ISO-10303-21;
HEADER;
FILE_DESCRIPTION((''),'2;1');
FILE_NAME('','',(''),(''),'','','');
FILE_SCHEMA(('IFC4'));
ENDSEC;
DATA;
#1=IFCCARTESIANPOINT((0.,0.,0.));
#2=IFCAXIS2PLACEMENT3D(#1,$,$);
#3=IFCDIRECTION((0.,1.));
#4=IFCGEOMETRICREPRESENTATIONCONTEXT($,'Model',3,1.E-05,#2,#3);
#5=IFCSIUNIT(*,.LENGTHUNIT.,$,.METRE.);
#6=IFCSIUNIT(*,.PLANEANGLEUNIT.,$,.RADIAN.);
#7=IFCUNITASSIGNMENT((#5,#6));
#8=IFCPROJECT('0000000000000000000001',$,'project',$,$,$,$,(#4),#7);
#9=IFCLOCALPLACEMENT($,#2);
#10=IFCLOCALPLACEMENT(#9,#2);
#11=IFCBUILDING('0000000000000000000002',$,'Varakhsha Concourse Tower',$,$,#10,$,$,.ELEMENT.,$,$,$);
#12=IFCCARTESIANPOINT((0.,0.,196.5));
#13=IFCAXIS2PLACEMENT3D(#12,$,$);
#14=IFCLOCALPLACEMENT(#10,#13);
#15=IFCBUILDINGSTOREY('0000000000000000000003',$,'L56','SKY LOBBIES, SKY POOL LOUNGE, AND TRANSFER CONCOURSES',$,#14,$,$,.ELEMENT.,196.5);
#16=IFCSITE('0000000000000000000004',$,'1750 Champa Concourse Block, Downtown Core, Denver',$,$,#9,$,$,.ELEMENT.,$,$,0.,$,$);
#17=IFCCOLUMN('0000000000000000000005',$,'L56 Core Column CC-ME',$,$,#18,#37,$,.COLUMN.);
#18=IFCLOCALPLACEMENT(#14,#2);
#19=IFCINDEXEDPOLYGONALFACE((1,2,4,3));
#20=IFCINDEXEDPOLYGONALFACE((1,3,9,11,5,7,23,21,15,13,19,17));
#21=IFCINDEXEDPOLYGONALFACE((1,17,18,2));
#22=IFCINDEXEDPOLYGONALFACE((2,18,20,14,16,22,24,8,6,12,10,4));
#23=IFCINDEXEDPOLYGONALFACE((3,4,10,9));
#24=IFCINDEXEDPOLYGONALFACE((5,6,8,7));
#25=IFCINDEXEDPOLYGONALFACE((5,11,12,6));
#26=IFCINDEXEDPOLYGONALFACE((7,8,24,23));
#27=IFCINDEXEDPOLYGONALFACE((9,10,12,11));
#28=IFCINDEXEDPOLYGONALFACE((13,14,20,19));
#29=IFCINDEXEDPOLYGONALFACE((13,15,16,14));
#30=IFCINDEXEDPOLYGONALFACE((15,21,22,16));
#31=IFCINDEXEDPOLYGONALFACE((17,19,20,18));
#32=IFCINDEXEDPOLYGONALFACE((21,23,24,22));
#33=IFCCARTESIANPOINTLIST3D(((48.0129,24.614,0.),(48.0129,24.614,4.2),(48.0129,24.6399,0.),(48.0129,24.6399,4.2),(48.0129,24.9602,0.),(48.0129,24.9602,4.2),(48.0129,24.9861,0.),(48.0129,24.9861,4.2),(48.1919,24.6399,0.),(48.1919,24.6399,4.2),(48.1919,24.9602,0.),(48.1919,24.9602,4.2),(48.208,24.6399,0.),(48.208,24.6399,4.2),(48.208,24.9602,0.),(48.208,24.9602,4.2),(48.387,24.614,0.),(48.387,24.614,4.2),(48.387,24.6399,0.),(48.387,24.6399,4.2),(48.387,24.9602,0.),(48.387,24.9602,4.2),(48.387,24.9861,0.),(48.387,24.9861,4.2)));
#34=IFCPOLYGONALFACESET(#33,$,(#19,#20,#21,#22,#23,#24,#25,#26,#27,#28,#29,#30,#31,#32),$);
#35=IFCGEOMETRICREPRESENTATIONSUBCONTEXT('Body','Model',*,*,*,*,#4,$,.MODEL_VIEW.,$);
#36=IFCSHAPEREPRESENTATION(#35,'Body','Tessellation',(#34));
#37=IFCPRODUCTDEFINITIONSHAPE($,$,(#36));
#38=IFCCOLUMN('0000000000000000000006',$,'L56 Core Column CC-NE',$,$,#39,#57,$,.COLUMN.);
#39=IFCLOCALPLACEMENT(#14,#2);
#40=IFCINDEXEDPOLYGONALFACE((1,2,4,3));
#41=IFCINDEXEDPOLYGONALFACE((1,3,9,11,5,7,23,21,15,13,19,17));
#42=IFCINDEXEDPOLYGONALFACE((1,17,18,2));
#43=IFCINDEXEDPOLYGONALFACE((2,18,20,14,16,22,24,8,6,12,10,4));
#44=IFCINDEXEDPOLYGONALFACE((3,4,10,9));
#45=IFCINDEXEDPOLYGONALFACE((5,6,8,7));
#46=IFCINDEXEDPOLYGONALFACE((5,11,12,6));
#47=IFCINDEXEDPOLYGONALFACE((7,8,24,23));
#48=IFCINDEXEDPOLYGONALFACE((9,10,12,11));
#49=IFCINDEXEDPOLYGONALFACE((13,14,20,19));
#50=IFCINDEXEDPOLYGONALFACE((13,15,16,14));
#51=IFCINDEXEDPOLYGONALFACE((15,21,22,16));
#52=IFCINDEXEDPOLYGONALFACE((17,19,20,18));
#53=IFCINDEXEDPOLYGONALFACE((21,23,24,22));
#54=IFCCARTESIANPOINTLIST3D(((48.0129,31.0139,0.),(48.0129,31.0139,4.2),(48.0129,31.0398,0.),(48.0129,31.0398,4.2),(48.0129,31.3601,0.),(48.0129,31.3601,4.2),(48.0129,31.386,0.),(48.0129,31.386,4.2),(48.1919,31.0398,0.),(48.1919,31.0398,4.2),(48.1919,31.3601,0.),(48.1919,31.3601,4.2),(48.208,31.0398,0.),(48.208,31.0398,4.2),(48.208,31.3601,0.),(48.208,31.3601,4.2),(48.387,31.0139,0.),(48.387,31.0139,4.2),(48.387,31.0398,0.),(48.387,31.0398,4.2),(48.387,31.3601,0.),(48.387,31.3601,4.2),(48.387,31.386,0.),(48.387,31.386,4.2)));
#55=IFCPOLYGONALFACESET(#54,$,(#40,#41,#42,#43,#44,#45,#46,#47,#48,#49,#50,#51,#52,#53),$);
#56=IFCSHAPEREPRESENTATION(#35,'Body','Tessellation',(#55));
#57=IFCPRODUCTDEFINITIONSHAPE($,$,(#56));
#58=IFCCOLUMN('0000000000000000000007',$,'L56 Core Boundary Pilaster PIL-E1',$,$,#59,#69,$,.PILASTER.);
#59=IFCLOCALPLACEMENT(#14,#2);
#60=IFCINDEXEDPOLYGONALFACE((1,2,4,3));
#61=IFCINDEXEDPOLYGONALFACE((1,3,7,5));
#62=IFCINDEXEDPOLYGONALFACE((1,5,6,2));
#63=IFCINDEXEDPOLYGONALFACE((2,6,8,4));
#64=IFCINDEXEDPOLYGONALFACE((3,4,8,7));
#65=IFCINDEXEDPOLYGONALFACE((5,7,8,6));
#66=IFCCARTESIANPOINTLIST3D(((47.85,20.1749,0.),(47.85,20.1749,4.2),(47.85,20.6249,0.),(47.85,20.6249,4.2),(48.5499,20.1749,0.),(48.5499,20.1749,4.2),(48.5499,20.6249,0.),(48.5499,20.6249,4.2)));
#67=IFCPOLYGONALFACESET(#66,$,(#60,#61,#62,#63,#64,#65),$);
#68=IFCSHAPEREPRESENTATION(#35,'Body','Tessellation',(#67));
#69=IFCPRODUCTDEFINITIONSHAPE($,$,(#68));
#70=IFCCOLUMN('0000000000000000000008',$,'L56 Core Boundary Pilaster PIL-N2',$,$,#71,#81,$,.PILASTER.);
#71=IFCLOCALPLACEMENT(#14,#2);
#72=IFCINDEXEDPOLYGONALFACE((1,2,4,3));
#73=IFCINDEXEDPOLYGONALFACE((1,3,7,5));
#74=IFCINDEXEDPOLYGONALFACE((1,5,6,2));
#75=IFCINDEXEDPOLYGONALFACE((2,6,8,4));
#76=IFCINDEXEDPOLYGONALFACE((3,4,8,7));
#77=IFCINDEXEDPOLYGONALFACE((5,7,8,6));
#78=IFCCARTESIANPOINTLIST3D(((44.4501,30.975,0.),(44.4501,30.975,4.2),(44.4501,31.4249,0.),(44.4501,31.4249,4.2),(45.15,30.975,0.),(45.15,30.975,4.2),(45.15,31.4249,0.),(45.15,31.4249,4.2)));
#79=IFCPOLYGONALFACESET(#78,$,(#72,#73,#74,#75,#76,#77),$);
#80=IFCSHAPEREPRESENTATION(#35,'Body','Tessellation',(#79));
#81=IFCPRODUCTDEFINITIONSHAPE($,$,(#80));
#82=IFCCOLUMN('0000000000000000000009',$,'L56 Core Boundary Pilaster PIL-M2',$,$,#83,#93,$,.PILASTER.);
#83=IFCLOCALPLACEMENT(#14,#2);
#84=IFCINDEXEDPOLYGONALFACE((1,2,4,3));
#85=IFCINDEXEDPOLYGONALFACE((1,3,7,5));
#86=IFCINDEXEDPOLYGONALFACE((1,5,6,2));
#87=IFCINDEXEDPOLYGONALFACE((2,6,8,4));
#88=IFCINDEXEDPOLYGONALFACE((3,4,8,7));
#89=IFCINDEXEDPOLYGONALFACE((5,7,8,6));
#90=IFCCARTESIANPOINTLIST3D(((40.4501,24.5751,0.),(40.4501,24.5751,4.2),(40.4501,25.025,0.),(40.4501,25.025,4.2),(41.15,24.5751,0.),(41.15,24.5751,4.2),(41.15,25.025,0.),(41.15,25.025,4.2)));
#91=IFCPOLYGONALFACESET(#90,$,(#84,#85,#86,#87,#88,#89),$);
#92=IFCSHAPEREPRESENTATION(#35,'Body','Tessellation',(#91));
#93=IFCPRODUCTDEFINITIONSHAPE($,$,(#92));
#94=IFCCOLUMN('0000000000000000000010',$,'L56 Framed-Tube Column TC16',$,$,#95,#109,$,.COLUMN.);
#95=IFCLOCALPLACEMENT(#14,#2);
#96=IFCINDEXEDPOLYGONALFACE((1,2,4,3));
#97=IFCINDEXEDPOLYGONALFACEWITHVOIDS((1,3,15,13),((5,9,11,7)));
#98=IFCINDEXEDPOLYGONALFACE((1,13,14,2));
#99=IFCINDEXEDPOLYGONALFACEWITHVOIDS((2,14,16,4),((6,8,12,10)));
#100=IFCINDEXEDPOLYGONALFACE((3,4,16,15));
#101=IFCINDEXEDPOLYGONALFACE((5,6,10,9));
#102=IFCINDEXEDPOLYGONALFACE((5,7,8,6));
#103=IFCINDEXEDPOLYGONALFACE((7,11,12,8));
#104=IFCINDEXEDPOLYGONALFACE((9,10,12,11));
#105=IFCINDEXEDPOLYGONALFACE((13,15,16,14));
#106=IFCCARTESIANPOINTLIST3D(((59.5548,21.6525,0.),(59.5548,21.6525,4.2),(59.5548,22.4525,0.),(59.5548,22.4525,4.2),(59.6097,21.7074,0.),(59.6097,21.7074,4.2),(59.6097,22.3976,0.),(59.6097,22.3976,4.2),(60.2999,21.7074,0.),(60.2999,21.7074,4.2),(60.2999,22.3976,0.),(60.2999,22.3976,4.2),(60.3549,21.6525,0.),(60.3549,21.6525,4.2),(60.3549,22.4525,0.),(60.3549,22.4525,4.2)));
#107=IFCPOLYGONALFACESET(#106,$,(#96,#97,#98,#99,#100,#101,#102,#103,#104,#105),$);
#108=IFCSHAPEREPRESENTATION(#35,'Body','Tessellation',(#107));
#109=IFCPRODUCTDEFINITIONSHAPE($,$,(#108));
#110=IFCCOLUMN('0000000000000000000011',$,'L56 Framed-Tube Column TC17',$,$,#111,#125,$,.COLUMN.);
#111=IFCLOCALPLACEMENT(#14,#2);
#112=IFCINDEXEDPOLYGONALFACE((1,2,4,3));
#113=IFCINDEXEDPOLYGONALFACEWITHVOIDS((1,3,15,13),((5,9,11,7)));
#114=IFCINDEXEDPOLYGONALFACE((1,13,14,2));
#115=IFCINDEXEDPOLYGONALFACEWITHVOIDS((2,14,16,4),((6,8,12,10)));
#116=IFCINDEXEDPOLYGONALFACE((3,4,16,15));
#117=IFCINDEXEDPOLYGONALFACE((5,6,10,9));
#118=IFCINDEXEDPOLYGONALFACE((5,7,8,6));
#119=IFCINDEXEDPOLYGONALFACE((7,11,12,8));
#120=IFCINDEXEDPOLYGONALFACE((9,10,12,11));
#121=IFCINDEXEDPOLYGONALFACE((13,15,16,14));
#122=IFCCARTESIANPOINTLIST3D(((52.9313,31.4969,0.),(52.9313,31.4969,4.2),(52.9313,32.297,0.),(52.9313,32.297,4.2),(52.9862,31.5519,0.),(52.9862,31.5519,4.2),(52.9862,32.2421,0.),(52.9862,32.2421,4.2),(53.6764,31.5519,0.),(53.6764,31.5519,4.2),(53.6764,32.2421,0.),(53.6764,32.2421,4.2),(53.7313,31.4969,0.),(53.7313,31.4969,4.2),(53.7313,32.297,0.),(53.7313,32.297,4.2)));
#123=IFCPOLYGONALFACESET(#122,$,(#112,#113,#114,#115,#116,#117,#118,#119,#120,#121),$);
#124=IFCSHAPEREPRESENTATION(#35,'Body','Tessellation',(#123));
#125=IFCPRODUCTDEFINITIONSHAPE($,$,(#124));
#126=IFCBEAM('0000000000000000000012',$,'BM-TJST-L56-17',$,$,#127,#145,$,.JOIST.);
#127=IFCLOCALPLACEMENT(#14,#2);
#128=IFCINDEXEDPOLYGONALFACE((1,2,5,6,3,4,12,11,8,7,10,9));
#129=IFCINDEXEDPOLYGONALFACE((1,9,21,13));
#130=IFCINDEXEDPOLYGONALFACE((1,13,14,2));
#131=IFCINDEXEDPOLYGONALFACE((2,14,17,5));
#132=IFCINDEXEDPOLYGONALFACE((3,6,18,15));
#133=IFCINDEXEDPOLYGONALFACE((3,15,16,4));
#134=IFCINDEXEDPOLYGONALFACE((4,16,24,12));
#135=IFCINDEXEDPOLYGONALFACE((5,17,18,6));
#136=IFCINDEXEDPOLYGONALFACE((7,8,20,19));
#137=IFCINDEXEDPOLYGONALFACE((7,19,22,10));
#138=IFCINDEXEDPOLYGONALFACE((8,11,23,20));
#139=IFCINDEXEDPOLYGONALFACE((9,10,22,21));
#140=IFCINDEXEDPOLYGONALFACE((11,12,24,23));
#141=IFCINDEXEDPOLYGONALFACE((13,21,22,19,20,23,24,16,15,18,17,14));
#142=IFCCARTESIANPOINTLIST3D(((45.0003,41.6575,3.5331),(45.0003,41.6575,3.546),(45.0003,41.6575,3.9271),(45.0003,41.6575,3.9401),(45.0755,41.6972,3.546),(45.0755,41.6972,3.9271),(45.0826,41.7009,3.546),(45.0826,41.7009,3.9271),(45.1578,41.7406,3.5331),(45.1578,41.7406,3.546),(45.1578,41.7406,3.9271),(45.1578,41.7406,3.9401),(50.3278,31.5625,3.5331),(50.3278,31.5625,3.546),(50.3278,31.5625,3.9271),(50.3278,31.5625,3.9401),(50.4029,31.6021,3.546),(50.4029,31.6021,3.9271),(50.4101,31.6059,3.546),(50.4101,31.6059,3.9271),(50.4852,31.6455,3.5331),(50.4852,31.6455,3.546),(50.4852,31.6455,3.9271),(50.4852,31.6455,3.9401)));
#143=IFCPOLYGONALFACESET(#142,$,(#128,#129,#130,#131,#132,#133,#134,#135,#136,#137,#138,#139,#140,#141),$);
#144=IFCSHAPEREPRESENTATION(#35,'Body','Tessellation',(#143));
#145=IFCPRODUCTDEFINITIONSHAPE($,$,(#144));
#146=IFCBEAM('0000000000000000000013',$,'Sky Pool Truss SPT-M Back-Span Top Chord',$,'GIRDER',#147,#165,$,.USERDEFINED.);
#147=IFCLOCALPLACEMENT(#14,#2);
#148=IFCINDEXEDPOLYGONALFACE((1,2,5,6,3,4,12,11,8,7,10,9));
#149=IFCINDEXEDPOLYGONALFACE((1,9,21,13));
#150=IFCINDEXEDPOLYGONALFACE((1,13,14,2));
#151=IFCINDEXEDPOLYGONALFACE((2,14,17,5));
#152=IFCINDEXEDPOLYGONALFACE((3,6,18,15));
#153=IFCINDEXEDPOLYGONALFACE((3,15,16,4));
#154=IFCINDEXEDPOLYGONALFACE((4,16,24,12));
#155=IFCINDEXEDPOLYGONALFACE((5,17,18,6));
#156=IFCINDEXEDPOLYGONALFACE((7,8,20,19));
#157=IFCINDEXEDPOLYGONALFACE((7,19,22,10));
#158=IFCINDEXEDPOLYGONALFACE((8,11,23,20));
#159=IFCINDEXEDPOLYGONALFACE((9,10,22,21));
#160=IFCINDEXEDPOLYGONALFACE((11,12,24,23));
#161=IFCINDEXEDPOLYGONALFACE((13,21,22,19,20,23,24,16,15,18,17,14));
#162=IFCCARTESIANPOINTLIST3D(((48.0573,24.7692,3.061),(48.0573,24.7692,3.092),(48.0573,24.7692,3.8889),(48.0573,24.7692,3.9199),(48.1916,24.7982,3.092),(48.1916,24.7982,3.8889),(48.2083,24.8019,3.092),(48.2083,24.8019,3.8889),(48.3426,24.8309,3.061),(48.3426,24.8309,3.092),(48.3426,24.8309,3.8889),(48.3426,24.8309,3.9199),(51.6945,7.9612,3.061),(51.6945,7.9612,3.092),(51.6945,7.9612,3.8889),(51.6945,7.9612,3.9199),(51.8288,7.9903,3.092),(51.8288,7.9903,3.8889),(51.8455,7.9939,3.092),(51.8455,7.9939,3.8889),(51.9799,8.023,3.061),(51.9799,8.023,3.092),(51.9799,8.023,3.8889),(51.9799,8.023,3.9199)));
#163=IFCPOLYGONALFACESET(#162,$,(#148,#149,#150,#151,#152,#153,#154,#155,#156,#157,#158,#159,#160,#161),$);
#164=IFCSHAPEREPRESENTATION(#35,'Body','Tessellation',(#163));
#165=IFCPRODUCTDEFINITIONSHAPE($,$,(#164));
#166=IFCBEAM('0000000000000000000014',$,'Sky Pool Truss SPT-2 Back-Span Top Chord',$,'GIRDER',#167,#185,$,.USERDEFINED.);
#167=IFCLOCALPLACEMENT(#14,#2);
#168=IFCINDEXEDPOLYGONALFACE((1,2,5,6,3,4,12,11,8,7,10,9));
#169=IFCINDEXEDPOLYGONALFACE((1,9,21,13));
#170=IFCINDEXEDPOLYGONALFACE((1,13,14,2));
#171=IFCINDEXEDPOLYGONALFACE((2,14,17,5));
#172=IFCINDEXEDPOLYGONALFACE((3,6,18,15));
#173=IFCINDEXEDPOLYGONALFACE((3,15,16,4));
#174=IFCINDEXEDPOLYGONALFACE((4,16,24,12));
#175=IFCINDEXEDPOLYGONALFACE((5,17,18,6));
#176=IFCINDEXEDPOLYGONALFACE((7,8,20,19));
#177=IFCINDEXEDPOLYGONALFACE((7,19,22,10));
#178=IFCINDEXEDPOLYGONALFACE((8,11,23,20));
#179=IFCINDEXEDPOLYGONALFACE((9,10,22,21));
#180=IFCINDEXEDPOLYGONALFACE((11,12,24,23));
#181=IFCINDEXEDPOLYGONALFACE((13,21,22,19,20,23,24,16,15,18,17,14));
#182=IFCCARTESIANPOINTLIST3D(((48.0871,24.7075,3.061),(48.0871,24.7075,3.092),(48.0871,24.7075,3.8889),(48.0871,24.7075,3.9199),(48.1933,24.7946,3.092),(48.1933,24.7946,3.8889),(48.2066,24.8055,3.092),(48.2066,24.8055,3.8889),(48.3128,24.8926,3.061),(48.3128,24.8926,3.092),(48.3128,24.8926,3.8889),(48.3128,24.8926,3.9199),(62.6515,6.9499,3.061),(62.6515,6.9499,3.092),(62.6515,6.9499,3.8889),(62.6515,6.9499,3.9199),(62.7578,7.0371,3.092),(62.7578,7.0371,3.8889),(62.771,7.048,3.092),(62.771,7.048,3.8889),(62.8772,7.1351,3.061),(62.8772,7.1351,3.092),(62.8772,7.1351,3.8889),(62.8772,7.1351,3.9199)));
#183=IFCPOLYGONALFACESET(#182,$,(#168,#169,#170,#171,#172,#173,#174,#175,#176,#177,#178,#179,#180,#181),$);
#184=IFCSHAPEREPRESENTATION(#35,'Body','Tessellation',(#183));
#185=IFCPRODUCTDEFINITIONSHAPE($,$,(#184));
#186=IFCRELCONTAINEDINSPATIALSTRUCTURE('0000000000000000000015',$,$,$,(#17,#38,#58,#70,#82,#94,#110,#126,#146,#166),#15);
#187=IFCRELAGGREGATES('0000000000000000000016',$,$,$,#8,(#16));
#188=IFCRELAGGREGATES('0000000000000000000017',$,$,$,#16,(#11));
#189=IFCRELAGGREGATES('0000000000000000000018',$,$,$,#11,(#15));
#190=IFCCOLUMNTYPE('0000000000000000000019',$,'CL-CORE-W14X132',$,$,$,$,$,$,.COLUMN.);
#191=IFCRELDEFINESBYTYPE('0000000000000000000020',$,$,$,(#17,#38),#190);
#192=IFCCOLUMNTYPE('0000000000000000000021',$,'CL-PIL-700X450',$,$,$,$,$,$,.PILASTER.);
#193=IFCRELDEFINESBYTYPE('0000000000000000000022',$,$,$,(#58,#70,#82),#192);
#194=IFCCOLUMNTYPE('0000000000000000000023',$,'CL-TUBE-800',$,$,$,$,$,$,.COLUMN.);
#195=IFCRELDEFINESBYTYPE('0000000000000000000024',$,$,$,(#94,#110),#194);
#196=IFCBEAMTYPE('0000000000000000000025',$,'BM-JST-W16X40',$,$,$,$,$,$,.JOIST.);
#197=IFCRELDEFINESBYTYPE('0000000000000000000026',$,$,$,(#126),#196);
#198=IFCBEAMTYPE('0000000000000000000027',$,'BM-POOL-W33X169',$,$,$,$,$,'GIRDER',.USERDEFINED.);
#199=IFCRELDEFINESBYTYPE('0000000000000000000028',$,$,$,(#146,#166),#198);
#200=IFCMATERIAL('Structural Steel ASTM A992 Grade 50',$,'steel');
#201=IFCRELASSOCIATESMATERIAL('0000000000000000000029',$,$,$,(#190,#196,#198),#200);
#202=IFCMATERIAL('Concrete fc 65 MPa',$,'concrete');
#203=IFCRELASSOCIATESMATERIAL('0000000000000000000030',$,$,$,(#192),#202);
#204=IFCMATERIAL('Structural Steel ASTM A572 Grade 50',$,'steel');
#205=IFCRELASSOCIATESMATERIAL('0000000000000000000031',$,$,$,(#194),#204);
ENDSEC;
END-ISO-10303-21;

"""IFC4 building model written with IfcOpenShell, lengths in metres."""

from ifc_helpers import new_model, si_unit, direction, frame, origin, origin_2d, place, context, subcontext, project, spatial, rectangle, hollow_rectangle, i_section, extrude, material, material_profile, profile_set, type_object, element, save


model = new_model("IFC4")

# Units and contexts
model_context = context("Model", 3, precision=1e-05, world=origin(), true_north=direction((0.0, 1.0)))
body_context = subcontext(model_context, "Body", "Model", "MODEL_VIEW")
ifc_project = project(units=[si_unit("LENGTHUNIT", "METRE"), si_unit("PLANEANGLEUNIT", "RADIAN")], contexts=[model_context])

# Site, building, storey
site_placement = place(None, origin())
site = spatial("IfcSite", under=ifc_project, at=site_placement, Name="1750 Champa Concourse Block, Downtown Core, Denver", CompositionType="ELEMENT", RefElevation=0.0)
building_placement = place(site_placement, origin())
building = spatial("IfcBuilding", under=site, at=building_placement, Name="Varakhsha Concourse Tower", CompositionType="ELEMENT")
storey_placement = place(building_placement, frame((0.0, 0.0, 196.5)))
storey = spatial("IfcBuildingStorey", under=building, at=storey_placement, Name="L56", Description="SKY LOBBIES, SKY POOL LOUNGE, AND TRANSFER CONCOURSES", CompositionType="ELEMENT", Elevation=196.5)

# Columns
ifc_material_1 = material(Name="Structural Steel ASTM A992 Grade 50", Category="steel")
ifc_material_profile_1 = material_profile(ifc_material_1, i_section(OverallWidth=0.374, OverallDepth=0.3721, WebThickness=0.0161, FlangeThickness=0.0259, at=origin_2d()), Name="W14X132")
ifc_profile_set_1 = profile_set([ifc_material_profile_1], Name="Structural Steel ASTM A992 Grade 50")
column_type_1 = type_object("IfcColumnType", Name="CL-CORE-W14X132", PredefinedType="COLUMN", material=ifc_profile_set_1)
for number, where, z_axis, x_axis, name in (
    (1, (48.2, 24.8, 0.0), (0.0, 0.0, 1.0), (1.0, 0.0, 0.0), "L56 Core Column CC-ME"),
    (2, (48.2, 31.2, 0.0), (0.0, 0.0, 1.0), (1.0, 0.0, 0.0), "L56 Core Column CC-NE"),
):
    element("IfcColumn", number, at=place(storey_placement, frame(where, z_axis=z_axis, x_axis=x_axis)), inside=storey, type_object=column_type_1, Name=name, PredefinedType="COLUMN", context=body_context, shape_type="SweptSolid", body=[
        extrude(i_section(OverallWidth=0.374, OverallDepth=0.3721, WebThickness=0.0161, FlangeThickness=0.0259, at=origin_2d()), origin(), (0.0, 0.0, 1.0), 4.2),
    ])
ifc_material_2 = material(Name="Concrete fc 65 MPa", Category="concrete")
ifc_material_profile_2 = material_profile(ifc_material_2, rectangle(XDim=0.7, YDim=0.45, at=origin_2d()), Name="RC 700x450")
ifc_profile_set_2 = profile_set([ifc_material_profile_2], Name="Concrete fc 65 MPa")
column_type_2 = type_object("IfcColumnType", Name="CL-PIL-700X450", PredefinedType="PILASTER", material=ifc_profile_set_2)
for number, where, z_axis, x_axis, name in (
    (3, (48.2, 20.3999, 0.0), (0.0, 0.0, 1.0), (1.0, 0.0, 0.0), "L56 Core Boundary Pilaster PIL-E1"),
    (4, (44.8, 31.2, 0.0), (0.0, 0.0, 1.0), (1.0, 0.0, 0.0), "L56 Core Boundary Pilaster PIL-N2"),
    (5, (40.8, 24.8, 0.0), (0.0, 0.0, 1.0), (1.0, 0.0, 0.0), "L56 Core Boundary Pilaster PIL-M2"),
):
    element("IfcColumn", number, at=place(storey_placement, frame(where, z_axis=z_axis, x_axis=x_axis)), inside=storey, type_object=column_type_2, Name=name, PredefinedType="PILASTER", context=body_context, shape_type="SweptSolid", body=[
        extrude(rectangle(XDim=0.7, YDim=0.45, at=origin_2d()), origin(), (0.0, 0.0, 1.0), 4.2),
    ])
ifc_material_3 = material(Name="Structural Steel ASTM A572 Grade 50", Category="steel")
ifc_material_profile_3 = material_profile(ifc_material_3, hollow_rectangle(XDim=0.8, YDim=0.8, WallThickness=0.0549, at=origin_2d()), Name="BOX 800x800x55")
ifc_profile_set_3 = profile_set([ifc_material_profile_3], Name="Structural Steel ASTM A572 Grade 50")
column_type_3 = type_object("IfcColumnType", Name="CL-TUBE-800", PredefinedType="COLUMN", material=ifc_profile_set_3)
for number, where, z_axis, x_axis, name in (
    (6, (59.9548, 22.0525, 0.0), (0.0, 0.0, 1.0), (1.0, 0.0, 0.0), "L56 Framed-Tube Column TC16"),
    (7, (53.3313, 31.897, 0.0), (0.0, 0.0, 1.0), (1.0, 0.0, 0.0), "L56 Framed-Tube Column TC17"),
):
    element("IfcColumn", number, at=place(storey_placement, frame(where, z_axis=z_axis, x_axis=x_axis)), inside=storey, type_object=column_type_3, Name=name, PredefinedType="COLUMN", context=body_context, shape_type="SweptSolid", body=[
        extrude(hollow_rectangle(XDim=0.8, YDim=0.8, WallThickness=0.0549, at=origin_2d()), origin(), (0.0, 0.0, 1.0), 4.2),
    ])

# Beams
ifc_material_profile_4 = material_profile(ifc_material_1, i_section(OverallWidth=0.178, OverallDepth=0.407, WebThickness=0.0081, FlangeThickness=0.0129, at=origin_2d()), Name="W16X40")
ifc_profile_set_4 = profile_set([ifc_material_profile_4], Name="Structural Steel ASTM A992 Grade 50")
beam_type_1 = type_object("IfcBeamType", Name="BM-JST-W16X40", PredefinedType="JOIST", material=ifc_profile_set_4)
beam_1_placement = place(storey_placement, frame((50.4065, 31.604, 3.7366), z_axis=(-0.466724, 0.884403, 0.0), x_axis=(-0.884403, -0.466724, 0.0)))
element("IfcBeam", 8, at=beam_1_placement, inside=storey, type_object=beam_type_1, Name="BM-TJST-L56-17", PredefinedType="JOIST", context=body_context, shape_type="SweptSolid", body=[
    extrude(i_section(OverallWidth=0.178, OverallDepth=0.407, WebThickness=0.0081, FlangeThickness=0.0129, at=origin_2d()), origin(), (0.0, 0.0, 1.0), 11.4146),
])
ifc_material_profile_5 = material_profile(ifc_material_1, i_section(OverallWidth=0.292, OverallDepth=0.8589, WebThickness=0.0171, FlangeThickness=0.031, at=origin_2d()), Name="W33X169")
ifc_profile_set_5 = profile_set([ifc_material_profile_5], Name="Structural Steel ASTM A992 Grade 50")
beam_type_2 = type_object("IfcBeamType", Name="BM-POOL-W33X169", ElementType="GIRDER", PredefinedType="USERDEFINED", material=ifc_profile_set_5)
beam_2_placement = place(storey_placement, frame((48.2, 24.8, 3.4905), z_axis=(0.211504, -0.977377, 0.0), x_axis=(0.977377, 0.211504, 0.0)))
element("IfcBeam", 9, at=beam_2_placement, inside=storey, type_object=beam_type_2, Name="Sky Pool Truss SPT-M Back-Span Top Chord", ObjectType="GIRDER", PredefinedType="USERDEFINED", context=body_context, shape_type="SweptSolid", body=[
    extrude(i_section(OverallWidth=0.292, OverallDepth=0.8589, WebThickness=0.0171, FlangeThickness=0.031, at=origin_2d()), origin(), (0.0, 0.0, 1.0), 17.197),
])
beam_3_placement = place(storey_placement, frame((48.2, 24.8, 3.4905), z_axis=(0.634164, -0.773198, 0.0), x_axis=(0.773198, 0.634164, 0.0)))
element("IfcBeam", 10, at=beam_3_placement, inside=storey, type_object=beam_type_2, Name="Sky Pool Truss SPT-2 Back-Span Top Chord", ObjectType="GIRDER", PredefinedType="USERDEFINED", context=body_context, shape_type="SweptSolid", body=[
    extrude(i_section(OverallWidth=0.292, OverallDepth=0.8589, WebThickness=0.0171, FlangeThickness=0.031, at=origin_2d()), origin(), (0.0, 0.0, 1.0), 22.9663),
])

save(model, "model.ifc")
